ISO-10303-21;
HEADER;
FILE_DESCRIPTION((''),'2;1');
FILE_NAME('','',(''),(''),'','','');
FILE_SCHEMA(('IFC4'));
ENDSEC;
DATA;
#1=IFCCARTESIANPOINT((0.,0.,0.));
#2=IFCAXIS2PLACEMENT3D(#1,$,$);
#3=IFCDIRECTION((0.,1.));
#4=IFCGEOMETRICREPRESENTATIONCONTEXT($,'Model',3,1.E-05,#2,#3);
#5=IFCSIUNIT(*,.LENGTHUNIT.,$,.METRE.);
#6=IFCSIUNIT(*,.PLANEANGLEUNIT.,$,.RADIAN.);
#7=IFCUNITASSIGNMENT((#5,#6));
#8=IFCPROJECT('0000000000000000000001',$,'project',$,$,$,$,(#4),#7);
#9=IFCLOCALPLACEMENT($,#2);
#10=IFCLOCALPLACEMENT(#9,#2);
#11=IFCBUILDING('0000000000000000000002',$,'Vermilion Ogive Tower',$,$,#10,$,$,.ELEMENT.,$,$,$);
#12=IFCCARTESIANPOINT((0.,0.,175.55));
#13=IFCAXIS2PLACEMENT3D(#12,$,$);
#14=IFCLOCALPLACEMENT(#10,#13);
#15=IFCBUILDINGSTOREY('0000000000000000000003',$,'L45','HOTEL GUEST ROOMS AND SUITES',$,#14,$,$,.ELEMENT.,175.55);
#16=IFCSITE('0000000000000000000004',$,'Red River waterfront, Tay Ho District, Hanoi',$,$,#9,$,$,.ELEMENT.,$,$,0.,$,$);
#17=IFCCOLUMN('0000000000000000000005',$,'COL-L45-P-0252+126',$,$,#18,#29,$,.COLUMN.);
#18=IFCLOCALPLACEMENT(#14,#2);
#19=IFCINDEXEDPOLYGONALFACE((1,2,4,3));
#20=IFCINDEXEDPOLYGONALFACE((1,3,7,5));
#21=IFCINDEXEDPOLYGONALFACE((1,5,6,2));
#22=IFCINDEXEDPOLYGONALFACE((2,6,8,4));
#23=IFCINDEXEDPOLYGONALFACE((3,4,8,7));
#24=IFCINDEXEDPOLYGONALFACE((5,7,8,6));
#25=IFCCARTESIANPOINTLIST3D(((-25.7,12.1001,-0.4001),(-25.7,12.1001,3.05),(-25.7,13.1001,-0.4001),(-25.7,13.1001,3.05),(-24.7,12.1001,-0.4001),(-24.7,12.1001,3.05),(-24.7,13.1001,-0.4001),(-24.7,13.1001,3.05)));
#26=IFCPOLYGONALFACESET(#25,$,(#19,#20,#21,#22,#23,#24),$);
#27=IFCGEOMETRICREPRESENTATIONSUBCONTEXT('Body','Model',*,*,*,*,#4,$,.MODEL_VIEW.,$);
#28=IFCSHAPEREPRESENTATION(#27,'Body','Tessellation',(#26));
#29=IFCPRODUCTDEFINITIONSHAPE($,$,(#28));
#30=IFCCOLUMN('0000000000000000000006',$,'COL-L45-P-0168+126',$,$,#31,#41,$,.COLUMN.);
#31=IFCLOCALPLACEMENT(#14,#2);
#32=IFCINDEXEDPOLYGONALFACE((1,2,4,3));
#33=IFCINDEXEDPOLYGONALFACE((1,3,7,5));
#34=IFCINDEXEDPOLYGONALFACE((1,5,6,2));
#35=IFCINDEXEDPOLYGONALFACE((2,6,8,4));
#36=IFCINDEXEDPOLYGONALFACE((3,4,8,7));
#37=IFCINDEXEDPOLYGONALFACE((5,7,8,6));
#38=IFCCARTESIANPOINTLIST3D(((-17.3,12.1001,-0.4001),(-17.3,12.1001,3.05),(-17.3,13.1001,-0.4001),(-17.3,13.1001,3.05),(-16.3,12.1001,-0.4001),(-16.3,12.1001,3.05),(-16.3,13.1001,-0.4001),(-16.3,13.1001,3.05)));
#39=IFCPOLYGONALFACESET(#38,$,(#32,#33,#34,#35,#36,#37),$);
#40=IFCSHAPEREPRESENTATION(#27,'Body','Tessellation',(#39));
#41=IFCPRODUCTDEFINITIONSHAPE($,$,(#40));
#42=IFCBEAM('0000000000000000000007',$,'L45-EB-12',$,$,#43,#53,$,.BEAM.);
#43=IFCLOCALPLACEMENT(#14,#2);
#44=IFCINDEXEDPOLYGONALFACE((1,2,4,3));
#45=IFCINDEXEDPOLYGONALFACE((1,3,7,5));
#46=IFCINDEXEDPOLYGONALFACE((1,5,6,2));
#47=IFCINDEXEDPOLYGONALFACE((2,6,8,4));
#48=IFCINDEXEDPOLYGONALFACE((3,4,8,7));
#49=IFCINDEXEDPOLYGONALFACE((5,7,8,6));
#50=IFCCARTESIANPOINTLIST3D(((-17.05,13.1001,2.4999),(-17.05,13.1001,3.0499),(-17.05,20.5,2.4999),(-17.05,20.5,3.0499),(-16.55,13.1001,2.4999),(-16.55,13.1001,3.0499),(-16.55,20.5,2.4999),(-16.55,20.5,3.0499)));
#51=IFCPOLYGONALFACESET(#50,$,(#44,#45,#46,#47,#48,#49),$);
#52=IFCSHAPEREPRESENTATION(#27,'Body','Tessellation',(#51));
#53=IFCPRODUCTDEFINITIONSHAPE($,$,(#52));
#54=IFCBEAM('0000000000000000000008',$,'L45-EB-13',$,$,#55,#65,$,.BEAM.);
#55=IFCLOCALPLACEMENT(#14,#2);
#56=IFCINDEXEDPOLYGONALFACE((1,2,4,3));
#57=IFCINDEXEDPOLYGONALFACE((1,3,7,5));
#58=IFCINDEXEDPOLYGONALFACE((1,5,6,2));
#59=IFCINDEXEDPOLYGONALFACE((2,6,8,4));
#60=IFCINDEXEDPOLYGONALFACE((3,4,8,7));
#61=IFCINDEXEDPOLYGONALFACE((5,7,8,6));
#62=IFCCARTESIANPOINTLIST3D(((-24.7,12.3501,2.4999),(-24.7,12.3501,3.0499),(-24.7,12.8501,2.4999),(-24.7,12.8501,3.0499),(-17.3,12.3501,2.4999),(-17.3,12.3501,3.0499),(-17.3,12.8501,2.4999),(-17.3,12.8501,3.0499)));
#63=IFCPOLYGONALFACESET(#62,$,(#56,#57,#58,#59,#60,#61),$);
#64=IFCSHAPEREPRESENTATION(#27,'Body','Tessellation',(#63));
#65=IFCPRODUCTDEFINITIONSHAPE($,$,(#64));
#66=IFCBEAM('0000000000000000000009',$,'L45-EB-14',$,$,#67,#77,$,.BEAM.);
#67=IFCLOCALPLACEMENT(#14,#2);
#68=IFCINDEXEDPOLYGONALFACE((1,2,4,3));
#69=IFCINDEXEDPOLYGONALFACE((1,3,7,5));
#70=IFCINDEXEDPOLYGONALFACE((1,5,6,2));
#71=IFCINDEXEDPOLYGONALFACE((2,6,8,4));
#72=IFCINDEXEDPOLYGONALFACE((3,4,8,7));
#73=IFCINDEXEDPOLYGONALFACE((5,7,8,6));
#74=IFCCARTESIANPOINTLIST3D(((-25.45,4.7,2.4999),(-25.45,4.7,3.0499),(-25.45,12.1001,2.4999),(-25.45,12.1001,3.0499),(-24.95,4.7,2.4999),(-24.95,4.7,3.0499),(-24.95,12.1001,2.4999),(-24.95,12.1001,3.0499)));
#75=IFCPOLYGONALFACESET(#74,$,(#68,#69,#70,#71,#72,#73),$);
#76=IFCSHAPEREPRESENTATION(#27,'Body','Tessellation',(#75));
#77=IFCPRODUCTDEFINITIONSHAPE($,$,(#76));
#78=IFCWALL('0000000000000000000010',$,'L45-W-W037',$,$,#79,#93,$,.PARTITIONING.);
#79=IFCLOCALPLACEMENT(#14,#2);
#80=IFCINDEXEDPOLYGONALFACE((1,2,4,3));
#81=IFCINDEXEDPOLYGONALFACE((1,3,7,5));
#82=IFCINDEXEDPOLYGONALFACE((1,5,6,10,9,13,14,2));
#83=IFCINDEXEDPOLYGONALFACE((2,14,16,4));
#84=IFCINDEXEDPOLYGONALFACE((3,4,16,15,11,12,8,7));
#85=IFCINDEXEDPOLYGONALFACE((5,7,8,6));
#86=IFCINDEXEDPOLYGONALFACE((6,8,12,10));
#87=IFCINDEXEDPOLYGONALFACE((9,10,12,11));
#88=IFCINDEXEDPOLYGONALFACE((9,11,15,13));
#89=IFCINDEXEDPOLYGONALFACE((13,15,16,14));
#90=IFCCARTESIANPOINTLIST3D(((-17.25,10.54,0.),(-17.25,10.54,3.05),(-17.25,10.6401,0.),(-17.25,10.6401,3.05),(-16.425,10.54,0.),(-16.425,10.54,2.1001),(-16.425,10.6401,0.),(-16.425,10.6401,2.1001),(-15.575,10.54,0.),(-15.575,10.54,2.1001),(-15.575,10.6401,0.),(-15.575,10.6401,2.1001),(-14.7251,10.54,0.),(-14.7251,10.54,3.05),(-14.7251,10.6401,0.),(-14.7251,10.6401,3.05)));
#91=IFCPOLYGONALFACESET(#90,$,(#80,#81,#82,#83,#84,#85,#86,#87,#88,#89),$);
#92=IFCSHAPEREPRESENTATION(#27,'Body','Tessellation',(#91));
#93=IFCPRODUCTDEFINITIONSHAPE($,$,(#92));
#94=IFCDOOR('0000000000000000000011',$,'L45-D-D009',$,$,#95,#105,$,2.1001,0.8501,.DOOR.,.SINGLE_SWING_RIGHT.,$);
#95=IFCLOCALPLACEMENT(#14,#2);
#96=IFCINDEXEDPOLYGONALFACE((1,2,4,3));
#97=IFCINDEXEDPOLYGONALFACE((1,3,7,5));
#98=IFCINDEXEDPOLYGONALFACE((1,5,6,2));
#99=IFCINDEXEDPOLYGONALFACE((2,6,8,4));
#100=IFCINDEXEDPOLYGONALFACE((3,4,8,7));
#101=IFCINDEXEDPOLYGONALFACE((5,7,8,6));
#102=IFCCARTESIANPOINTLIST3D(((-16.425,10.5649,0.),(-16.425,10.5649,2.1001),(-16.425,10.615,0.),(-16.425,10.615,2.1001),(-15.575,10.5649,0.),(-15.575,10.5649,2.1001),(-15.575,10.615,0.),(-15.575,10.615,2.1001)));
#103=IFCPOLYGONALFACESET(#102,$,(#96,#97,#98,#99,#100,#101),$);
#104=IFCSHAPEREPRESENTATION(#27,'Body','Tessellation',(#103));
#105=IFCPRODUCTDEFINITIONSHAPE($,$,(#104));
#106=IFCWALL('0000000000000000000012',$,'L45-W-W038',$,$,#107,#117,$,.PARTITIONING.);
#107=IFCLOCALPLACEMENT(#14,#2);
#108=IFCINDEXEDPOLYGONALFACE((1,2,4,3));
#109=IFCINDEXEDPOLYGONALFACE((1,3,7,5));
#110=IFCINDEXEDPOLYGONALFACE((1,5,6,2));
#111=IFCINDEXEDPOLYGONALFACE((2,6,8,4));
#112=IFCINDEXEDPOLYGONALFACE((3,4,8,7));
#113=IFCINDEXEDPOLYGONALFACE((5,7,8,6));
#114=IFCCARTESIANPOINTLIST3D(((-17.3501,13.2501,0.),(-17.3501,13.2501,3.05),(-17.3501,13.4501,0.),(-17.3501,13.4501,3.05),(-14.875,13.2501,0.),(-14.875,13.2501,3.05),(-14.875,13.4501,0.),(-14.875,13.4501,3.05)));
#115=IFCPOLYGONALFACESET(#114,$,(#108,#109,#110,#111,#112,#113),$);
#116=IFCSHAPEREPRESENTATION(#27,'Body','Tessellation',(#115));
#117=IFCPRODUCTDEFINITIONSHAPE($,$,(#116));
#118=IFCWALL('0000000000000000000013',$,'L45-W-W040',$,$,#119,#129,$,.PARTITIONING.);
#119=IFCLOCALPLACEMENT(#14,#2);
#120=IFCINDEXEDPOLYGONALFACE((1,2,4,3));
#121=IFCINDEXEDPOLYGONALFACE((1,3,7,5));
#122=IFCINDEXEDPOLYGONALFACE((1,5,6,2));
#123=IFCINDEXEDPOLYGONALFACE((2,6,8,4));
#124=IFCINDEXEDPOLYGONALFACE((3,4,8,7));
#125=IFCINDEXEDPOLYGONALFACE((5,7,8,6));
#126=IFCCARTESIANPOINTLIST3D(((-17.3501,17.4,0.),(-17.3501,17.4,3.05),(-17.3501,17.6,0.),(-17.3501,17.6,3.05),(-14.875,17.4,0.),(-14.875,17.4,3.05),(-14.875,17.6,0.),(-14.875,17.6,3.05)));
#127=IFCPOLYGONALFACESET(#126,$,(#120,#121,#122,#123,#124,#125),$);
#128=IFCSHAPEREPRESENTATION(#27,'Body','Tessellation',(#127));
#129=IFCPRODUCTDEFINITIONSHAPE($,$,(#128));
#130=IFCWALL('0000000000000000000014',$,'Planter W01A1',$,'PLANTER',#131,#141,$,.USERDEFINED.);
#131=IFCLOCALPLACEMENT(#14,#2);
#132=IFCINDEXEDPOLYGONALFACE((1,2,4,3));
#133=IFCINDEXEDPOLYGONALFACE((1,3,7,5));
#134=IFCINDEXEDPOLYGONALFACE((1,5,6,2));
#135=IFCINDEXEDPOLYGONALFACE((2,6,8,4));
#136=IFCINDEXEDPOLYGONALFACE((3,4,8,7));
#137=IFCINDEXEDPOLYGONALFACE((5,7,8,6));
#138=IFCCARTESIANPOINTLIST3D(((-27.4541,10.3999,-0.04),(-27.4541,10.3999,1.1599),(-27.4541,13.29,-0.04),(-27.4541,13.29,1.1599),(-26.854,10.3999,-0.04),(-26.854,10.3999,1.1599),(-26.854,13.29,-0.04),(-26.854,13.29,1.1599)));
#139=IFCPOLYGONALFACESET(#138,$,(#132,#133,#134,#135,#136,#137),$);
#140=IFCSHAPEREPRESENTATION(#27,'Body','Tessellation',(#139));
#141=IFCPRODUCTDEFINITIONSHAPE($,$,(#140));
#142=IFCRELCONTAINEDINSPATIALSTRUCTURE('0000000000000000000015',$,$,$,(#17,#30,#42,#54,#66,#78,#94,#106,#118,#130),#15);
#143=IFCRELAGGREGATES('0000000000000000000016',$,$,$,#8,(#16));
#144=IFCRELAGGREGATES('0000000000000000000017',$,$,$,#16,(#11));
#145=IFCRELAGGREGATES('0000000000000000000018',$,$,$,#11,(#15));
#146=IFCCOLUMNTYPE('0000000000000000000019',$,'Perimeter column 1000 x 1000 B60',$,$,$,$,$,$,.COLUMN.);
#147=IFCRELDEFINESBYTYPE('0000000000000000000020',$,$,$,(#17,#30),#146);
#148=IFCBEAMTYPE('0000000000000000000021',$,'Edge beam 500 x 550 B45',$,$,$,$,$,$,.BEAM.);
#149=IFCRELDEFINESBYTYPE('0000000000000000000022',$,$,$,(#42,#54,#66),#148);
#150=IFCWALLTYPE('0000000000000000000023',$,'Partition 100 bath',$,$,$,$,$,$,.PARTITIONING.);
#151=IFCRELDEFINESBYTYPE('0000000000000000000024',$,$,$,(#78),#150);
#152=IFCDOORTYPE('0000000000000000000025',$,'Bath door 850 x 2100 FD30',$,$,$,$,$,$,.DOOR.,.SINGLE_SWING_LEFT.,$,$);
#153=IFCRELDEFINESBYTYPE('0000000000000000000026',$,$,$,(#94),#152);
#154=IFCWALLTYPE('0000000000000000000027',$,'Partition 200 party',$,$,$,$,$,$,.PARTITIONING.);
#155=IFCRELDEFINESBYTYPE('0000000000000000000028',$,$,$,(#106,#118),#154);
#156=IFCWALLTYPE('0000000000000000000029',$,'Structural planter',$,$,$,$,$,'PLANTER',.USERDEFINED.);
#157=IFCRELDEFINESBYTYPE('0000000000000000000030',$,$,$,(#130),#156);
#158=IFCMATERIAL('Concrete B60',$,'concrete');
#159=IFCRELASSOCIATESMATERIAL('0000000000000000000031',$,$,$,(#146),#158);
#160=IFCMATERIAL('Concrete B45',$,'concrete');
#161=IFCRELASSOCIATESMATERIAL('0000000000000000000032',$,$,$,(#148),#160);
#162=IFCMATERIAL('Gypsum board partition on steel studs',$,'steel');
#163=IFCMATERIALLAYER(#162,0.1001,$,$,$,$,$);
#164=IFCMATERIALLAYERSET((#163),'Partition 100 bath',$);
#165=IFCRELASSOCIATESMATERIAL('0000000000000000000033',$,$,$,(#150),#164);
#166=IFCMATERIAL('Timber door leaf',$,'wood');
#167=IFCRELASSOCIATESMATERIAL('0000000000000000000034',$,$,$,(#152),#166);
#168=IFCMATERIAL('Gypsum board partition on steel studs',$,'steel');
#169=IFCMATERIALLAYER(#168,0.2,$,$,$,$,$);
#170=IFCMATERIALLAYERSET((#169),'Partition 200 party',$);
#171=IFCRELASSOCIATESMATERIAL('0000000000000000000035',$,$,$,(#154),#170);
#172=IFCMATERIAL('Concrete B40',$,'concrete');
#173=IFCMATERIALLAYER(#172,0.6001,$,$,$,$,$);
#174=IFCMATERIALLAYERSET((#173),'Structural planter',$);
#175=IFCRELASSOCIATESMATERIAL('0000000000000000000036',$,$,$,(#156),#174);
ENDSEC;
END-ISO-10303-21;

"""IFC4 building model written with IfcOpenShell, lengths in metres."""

from ifc_helpers import new_model, si_unit, direction, frame, frame_2d, origin, origin_2d, place, context, subcontext, project, spatial, rectangle, extrude, material, layer, layer_set, material_profile, profile_set, type_object, element, fill, save


model = new_model("IFC4")

# Units and contexts
model_context = context("Model", 3, precision=1e-05, world=origin(), true_north=direction((0.0, 1.0)))
body_context = subcontext(model_context, "Body", "Model", "MODEL_VIEW")
ifc_project = project(units=[si_unit("LENGTHUNIT", "METRE"), si_unit("PLANEANGLEUNIT", "RADIAN")], contexts=[model_context])

# Site, building, storey
site_placement = place(None, origin())
site = spatial("IfcSite", under=ifc_project, at=site_placement, Name="Red River waterfront, Tay Ho District, Hanoi", CompositionType="ELEMENT", RefElevation=0.0)
building_placement = place(site_placement, origin())
building = spatial("IfcBuilding", under=site, at=building_placement, Name="Vermilion Ogive Tower", CompositionType="ELEMENT")
storey_placement = place(building_placement, frame((0.0, 0.0, 175.55)))
storey = spatial("IfcBuildingStorey", under=building, at=storey_placement, Name="L45", Description="HOTEL GUEST ROOMS AND SUITES", CompositionType="ELEMENT", Elevation=175.55)

# Columns
ifc_material_1 = material(Name="Concrete B60", Category="concrete")
ifc_material_profile_1 = material_profile(ifc_material_1, rectangle(XDim=1.0, YDim=1.0, at=origin_2d()), Name="1000 x 1000")
ifc_profile_set_1 = profile_set([ifc_material_profile_1], Name="Concrete B60")
column_type = type_object("IfcColumnType", Name="Perimeter column 1000 x 1000 B60", PredefinedType="COLUMN", material=ifc_profile_set_1)
for number, where, z_axis, x_axis, name in (
    (1, (-25.2, 12.6001, -0.4001), (0.0, 0.0, 1.0), (1.0, 0.0, 0.0), "COL-L45-P-0252+126"),
    (2, (-16.8, 12.6001, -0.4001), (0.0, 0.0, 1.0), (1.0, 0.0, 0.0), "COL-L45-P-0168+126"),
):
    element("IfcColumn", number, at=place(storey_placement, frame(where, z_axis=z_axis, x_axis=x_axis)), inside=storey, type_object=column_type, Name=name, PredefinedType="COLUMN", context=body_context, shape_type="SweptSolid", body=[
        extrude(rectangle(XDim=1.0, YDim=1.0, at=origin_2d()), origin(), (0.0, 0.0, 1.0), 3.4502),
    ])

# Beams
ifc_material_2 = material(Name="Concrete B45", Category="concrete")
ifc_material_profile_2 = material_profile(ifc_material_2, rectangle(XDim=0.5, YDim=0.55, at=origin_2d()), Name="500 x 550")
ifc_profile_set_2 = profile_set([ifc_material_profile_2], Name="Concrete B45")
beam_type = type_object("IfcBeamType", Name="Edge beam 500 x 550 B45", PredefinedType="BEAM", material=ifc_profile_set_2)
for number, where, z_axis, x_axis, name in (
    (3, (-16.8, 20.5, 2.7749), (0.0, -1.0, 0.0), (1.0, 0.0, 0.0), "L45-EB-12"),
    (4, (-17.3, 12.6001, 2.7749), (-1.0, 0.0, 0.0), (0.0, -1.0, 0.0), "L45-EB-13"),
):
    element("IfcBeam", number, at=place(storey_placement, frame(where, z_axis=z_axis, x_axis=x_axis)), inside=storey, type_object=beam_type, Name=name, PredefinedType="BEAM", context=body_context, shape_type="SweptSolid", body=[
        extrude(rectangle(XDim=0.5, YDim=0.55, at=origin_2d()), origin(), (0.0, 0.0, 1.0), 7.3999),
    ])
beam_placement = place(storey_placement, frame((-25.2, 12.1001, 2.7749), z_axis=(0.0, -1.0, 0.0), x_axis=(1.0, 0.0, 0.0)))
element("IfcBeam", 5, at=beam_placement, inside=storey, type_object=beam_type, Name="L45-EB-14", PredefinedType="BEAM", context=body_context, shape_type="SweptSolid", body=[
    extrude(rectangle(XDim=0.5, YDim=0.55, at=origin_2d()), origin(), (0.0, 0.0, 1.0), 7.4001),
])

# Wall, opening, door
ifc_material_3 = material(Name="Gypsum board partition on steel studs", Category="steel")
ifc_layer_1 = layer(ifc_material_3, 0.1001)
ifc_layer_set_1 = layer_set([ifc_layer_1], Name="Partition 100 bath")
wall_type_1 = type_object("IfcWallType", Name="Partition 100 bath", PredefinedType="PARTITIONING", material=ifc_layer_set_1)
wall_1_placement = place(storey_placement, frame((-17.25, 10.5901, 0.0), z_axis=(0.0, 0.0, 1.0), x_axis=(1.0, 0.0, 0.0)))
wall_1 = element("IfcWall", 6, at=wall_1_placement, inside=storey, type_object=wall_type_1, Name="L45-W-W037", PredefinedType="PARTITIONING", context=body_context, shape_type="SweptSolid", body=[
    extrude(rectangle(XDim=2.5249, YDim=0.1001, at=frame_2d((1.2625, 0.0))), origin(), (0.0, 0.0, 1.0), 3.05),
])
opening_1_placement = place(wall_1_placement, frame((0.825, 0.0, 0.0)))
opening_1 = element("IfcOpeningElement", 7, at=opening_1_placement, cuts=wall_1, PredefinedType="OPENING", context=body_context, shape_type="SweptSolid", body=[
    extrude(rectangle(XDim=0.8501, YDim=2.1001, at=frame_2d((0.425, 1.05))), frame((0.0, 0.0601, 0.0), z_axis=(0.0, -1.0, 0.0), x_axis=(1.0, 0.0, 0.0)), (0.0, 0.0, 1.0), 0.1201),
])
ifc_material_4 = material(Name="Timber door leaf", Category="wood")
door_type_1 = type_object("IfcDoorType", Name="Bath door 850 x 2100 FD30", OperationType="SINGLE_SWING_LEFT", PredefinedType="DOOR", material=ifc_material_4)
door_1_placement = place(opening_1_placement, origin())
door_1 = element("IfcDoor", 8, at=door_1_placement, inside=storey, type_object=door_type_1, Name="L45-D-D009", OperationType="SINGLE_SWING_RIGHT", OverallHeight=2.1001, OverallWidth=0.8501, PredefinedType="DOOR", context=body_context, shape_type="SweptSolid", body=[
    extrude(rectangle(XDim=0.8501, YDim=2.1001, at=frame_2d((0.425, 1.05))), frame((0.0, 0.0249, 0.0), z_axis=(0.0, -1.0, 0.0), x_axis=(1.0, 0.0, 0.0)), (0.0, 0.0, 1.0), 0.05),
])
fill(opening_1, door_1)

# Walls
ifc_material_5 = material(Name="Gypsum board partition on steel studs", Category="steel")
ifc_layer_2 = layer(ifc_material_5, 0.2)
ifc_layer_set_2 = layer_set([ifc_layer_2], Name="Partition 200 party")
wall_type_2 = type_object("IfcWallType", Name="Partition 200 party", PredefinedType="PARTITIONING", material=ifc_layer_set_2)
for number, where, z_axis, x_axis, name in (
    (9, (-17.3501, 13.3501, 0.0), (0.0, 0.0, 1.0), (1.0, 0.0, 0.0), "L45-W-W038"),
    (10, (-17.3501, 17.5, 0.0), (0.0, 0.0, 1.0), (1.0, 0.0, 0.0), "L45-W-W040"),
):
    element("IfcWall", number, at=place(storey_placement, frame(where, z_axis=z_axis, x_axis=x_axis)), inside=storey, type_object=wall_type_2, Name=name, PredefinedType="PARTITIONING", context=body_context, shape_type="SweptSolid", body=[
        extrude(rectangle(XDim=2.4751, YDim=0.2, at=frame_2d((1.2375, 0.0))), origin(), (0.0, 0.0, 1.0), 3.05),
    ])
ifc_material_6 = material(Name="Concrete B40", Category="concrete")
ifc_layer_3 = layer(ifc_material_6, 0.6001)
ifc_layer_set_3 = layer_set([ifc_layer_3], Name="Structural planter")
wall_type_3 = type_object("IfcWallType", Name="Structural planter", ElementType="PLANTER", PredefinedType="USERDEFINED", material=ifc_layer_set_3)
wall_2_placement = place(storey_placement, frame((-27.1541, 13.29, -0.04), z_axis=(0.0, 0.0, 1.0), x_axis=(0.0, -1.0, 0.0)))
element("IfcWall", 11, at=wall_2_placement, inside=storey, type_object=wall_type_3, Name="Planter W01A1", ObjectType="PLANTER", PredefinedType="USERDEFINED", context=body_context, shape_type="SweptSolid", body=[
    extrude(rectangle(XDim=2.8901, YDim=0.6001, at=frame_2d((1.4451, 0.0))), origin(), (0.0, 0.0, 1.0), 1.2),
])

save(model, "model.ifc")
